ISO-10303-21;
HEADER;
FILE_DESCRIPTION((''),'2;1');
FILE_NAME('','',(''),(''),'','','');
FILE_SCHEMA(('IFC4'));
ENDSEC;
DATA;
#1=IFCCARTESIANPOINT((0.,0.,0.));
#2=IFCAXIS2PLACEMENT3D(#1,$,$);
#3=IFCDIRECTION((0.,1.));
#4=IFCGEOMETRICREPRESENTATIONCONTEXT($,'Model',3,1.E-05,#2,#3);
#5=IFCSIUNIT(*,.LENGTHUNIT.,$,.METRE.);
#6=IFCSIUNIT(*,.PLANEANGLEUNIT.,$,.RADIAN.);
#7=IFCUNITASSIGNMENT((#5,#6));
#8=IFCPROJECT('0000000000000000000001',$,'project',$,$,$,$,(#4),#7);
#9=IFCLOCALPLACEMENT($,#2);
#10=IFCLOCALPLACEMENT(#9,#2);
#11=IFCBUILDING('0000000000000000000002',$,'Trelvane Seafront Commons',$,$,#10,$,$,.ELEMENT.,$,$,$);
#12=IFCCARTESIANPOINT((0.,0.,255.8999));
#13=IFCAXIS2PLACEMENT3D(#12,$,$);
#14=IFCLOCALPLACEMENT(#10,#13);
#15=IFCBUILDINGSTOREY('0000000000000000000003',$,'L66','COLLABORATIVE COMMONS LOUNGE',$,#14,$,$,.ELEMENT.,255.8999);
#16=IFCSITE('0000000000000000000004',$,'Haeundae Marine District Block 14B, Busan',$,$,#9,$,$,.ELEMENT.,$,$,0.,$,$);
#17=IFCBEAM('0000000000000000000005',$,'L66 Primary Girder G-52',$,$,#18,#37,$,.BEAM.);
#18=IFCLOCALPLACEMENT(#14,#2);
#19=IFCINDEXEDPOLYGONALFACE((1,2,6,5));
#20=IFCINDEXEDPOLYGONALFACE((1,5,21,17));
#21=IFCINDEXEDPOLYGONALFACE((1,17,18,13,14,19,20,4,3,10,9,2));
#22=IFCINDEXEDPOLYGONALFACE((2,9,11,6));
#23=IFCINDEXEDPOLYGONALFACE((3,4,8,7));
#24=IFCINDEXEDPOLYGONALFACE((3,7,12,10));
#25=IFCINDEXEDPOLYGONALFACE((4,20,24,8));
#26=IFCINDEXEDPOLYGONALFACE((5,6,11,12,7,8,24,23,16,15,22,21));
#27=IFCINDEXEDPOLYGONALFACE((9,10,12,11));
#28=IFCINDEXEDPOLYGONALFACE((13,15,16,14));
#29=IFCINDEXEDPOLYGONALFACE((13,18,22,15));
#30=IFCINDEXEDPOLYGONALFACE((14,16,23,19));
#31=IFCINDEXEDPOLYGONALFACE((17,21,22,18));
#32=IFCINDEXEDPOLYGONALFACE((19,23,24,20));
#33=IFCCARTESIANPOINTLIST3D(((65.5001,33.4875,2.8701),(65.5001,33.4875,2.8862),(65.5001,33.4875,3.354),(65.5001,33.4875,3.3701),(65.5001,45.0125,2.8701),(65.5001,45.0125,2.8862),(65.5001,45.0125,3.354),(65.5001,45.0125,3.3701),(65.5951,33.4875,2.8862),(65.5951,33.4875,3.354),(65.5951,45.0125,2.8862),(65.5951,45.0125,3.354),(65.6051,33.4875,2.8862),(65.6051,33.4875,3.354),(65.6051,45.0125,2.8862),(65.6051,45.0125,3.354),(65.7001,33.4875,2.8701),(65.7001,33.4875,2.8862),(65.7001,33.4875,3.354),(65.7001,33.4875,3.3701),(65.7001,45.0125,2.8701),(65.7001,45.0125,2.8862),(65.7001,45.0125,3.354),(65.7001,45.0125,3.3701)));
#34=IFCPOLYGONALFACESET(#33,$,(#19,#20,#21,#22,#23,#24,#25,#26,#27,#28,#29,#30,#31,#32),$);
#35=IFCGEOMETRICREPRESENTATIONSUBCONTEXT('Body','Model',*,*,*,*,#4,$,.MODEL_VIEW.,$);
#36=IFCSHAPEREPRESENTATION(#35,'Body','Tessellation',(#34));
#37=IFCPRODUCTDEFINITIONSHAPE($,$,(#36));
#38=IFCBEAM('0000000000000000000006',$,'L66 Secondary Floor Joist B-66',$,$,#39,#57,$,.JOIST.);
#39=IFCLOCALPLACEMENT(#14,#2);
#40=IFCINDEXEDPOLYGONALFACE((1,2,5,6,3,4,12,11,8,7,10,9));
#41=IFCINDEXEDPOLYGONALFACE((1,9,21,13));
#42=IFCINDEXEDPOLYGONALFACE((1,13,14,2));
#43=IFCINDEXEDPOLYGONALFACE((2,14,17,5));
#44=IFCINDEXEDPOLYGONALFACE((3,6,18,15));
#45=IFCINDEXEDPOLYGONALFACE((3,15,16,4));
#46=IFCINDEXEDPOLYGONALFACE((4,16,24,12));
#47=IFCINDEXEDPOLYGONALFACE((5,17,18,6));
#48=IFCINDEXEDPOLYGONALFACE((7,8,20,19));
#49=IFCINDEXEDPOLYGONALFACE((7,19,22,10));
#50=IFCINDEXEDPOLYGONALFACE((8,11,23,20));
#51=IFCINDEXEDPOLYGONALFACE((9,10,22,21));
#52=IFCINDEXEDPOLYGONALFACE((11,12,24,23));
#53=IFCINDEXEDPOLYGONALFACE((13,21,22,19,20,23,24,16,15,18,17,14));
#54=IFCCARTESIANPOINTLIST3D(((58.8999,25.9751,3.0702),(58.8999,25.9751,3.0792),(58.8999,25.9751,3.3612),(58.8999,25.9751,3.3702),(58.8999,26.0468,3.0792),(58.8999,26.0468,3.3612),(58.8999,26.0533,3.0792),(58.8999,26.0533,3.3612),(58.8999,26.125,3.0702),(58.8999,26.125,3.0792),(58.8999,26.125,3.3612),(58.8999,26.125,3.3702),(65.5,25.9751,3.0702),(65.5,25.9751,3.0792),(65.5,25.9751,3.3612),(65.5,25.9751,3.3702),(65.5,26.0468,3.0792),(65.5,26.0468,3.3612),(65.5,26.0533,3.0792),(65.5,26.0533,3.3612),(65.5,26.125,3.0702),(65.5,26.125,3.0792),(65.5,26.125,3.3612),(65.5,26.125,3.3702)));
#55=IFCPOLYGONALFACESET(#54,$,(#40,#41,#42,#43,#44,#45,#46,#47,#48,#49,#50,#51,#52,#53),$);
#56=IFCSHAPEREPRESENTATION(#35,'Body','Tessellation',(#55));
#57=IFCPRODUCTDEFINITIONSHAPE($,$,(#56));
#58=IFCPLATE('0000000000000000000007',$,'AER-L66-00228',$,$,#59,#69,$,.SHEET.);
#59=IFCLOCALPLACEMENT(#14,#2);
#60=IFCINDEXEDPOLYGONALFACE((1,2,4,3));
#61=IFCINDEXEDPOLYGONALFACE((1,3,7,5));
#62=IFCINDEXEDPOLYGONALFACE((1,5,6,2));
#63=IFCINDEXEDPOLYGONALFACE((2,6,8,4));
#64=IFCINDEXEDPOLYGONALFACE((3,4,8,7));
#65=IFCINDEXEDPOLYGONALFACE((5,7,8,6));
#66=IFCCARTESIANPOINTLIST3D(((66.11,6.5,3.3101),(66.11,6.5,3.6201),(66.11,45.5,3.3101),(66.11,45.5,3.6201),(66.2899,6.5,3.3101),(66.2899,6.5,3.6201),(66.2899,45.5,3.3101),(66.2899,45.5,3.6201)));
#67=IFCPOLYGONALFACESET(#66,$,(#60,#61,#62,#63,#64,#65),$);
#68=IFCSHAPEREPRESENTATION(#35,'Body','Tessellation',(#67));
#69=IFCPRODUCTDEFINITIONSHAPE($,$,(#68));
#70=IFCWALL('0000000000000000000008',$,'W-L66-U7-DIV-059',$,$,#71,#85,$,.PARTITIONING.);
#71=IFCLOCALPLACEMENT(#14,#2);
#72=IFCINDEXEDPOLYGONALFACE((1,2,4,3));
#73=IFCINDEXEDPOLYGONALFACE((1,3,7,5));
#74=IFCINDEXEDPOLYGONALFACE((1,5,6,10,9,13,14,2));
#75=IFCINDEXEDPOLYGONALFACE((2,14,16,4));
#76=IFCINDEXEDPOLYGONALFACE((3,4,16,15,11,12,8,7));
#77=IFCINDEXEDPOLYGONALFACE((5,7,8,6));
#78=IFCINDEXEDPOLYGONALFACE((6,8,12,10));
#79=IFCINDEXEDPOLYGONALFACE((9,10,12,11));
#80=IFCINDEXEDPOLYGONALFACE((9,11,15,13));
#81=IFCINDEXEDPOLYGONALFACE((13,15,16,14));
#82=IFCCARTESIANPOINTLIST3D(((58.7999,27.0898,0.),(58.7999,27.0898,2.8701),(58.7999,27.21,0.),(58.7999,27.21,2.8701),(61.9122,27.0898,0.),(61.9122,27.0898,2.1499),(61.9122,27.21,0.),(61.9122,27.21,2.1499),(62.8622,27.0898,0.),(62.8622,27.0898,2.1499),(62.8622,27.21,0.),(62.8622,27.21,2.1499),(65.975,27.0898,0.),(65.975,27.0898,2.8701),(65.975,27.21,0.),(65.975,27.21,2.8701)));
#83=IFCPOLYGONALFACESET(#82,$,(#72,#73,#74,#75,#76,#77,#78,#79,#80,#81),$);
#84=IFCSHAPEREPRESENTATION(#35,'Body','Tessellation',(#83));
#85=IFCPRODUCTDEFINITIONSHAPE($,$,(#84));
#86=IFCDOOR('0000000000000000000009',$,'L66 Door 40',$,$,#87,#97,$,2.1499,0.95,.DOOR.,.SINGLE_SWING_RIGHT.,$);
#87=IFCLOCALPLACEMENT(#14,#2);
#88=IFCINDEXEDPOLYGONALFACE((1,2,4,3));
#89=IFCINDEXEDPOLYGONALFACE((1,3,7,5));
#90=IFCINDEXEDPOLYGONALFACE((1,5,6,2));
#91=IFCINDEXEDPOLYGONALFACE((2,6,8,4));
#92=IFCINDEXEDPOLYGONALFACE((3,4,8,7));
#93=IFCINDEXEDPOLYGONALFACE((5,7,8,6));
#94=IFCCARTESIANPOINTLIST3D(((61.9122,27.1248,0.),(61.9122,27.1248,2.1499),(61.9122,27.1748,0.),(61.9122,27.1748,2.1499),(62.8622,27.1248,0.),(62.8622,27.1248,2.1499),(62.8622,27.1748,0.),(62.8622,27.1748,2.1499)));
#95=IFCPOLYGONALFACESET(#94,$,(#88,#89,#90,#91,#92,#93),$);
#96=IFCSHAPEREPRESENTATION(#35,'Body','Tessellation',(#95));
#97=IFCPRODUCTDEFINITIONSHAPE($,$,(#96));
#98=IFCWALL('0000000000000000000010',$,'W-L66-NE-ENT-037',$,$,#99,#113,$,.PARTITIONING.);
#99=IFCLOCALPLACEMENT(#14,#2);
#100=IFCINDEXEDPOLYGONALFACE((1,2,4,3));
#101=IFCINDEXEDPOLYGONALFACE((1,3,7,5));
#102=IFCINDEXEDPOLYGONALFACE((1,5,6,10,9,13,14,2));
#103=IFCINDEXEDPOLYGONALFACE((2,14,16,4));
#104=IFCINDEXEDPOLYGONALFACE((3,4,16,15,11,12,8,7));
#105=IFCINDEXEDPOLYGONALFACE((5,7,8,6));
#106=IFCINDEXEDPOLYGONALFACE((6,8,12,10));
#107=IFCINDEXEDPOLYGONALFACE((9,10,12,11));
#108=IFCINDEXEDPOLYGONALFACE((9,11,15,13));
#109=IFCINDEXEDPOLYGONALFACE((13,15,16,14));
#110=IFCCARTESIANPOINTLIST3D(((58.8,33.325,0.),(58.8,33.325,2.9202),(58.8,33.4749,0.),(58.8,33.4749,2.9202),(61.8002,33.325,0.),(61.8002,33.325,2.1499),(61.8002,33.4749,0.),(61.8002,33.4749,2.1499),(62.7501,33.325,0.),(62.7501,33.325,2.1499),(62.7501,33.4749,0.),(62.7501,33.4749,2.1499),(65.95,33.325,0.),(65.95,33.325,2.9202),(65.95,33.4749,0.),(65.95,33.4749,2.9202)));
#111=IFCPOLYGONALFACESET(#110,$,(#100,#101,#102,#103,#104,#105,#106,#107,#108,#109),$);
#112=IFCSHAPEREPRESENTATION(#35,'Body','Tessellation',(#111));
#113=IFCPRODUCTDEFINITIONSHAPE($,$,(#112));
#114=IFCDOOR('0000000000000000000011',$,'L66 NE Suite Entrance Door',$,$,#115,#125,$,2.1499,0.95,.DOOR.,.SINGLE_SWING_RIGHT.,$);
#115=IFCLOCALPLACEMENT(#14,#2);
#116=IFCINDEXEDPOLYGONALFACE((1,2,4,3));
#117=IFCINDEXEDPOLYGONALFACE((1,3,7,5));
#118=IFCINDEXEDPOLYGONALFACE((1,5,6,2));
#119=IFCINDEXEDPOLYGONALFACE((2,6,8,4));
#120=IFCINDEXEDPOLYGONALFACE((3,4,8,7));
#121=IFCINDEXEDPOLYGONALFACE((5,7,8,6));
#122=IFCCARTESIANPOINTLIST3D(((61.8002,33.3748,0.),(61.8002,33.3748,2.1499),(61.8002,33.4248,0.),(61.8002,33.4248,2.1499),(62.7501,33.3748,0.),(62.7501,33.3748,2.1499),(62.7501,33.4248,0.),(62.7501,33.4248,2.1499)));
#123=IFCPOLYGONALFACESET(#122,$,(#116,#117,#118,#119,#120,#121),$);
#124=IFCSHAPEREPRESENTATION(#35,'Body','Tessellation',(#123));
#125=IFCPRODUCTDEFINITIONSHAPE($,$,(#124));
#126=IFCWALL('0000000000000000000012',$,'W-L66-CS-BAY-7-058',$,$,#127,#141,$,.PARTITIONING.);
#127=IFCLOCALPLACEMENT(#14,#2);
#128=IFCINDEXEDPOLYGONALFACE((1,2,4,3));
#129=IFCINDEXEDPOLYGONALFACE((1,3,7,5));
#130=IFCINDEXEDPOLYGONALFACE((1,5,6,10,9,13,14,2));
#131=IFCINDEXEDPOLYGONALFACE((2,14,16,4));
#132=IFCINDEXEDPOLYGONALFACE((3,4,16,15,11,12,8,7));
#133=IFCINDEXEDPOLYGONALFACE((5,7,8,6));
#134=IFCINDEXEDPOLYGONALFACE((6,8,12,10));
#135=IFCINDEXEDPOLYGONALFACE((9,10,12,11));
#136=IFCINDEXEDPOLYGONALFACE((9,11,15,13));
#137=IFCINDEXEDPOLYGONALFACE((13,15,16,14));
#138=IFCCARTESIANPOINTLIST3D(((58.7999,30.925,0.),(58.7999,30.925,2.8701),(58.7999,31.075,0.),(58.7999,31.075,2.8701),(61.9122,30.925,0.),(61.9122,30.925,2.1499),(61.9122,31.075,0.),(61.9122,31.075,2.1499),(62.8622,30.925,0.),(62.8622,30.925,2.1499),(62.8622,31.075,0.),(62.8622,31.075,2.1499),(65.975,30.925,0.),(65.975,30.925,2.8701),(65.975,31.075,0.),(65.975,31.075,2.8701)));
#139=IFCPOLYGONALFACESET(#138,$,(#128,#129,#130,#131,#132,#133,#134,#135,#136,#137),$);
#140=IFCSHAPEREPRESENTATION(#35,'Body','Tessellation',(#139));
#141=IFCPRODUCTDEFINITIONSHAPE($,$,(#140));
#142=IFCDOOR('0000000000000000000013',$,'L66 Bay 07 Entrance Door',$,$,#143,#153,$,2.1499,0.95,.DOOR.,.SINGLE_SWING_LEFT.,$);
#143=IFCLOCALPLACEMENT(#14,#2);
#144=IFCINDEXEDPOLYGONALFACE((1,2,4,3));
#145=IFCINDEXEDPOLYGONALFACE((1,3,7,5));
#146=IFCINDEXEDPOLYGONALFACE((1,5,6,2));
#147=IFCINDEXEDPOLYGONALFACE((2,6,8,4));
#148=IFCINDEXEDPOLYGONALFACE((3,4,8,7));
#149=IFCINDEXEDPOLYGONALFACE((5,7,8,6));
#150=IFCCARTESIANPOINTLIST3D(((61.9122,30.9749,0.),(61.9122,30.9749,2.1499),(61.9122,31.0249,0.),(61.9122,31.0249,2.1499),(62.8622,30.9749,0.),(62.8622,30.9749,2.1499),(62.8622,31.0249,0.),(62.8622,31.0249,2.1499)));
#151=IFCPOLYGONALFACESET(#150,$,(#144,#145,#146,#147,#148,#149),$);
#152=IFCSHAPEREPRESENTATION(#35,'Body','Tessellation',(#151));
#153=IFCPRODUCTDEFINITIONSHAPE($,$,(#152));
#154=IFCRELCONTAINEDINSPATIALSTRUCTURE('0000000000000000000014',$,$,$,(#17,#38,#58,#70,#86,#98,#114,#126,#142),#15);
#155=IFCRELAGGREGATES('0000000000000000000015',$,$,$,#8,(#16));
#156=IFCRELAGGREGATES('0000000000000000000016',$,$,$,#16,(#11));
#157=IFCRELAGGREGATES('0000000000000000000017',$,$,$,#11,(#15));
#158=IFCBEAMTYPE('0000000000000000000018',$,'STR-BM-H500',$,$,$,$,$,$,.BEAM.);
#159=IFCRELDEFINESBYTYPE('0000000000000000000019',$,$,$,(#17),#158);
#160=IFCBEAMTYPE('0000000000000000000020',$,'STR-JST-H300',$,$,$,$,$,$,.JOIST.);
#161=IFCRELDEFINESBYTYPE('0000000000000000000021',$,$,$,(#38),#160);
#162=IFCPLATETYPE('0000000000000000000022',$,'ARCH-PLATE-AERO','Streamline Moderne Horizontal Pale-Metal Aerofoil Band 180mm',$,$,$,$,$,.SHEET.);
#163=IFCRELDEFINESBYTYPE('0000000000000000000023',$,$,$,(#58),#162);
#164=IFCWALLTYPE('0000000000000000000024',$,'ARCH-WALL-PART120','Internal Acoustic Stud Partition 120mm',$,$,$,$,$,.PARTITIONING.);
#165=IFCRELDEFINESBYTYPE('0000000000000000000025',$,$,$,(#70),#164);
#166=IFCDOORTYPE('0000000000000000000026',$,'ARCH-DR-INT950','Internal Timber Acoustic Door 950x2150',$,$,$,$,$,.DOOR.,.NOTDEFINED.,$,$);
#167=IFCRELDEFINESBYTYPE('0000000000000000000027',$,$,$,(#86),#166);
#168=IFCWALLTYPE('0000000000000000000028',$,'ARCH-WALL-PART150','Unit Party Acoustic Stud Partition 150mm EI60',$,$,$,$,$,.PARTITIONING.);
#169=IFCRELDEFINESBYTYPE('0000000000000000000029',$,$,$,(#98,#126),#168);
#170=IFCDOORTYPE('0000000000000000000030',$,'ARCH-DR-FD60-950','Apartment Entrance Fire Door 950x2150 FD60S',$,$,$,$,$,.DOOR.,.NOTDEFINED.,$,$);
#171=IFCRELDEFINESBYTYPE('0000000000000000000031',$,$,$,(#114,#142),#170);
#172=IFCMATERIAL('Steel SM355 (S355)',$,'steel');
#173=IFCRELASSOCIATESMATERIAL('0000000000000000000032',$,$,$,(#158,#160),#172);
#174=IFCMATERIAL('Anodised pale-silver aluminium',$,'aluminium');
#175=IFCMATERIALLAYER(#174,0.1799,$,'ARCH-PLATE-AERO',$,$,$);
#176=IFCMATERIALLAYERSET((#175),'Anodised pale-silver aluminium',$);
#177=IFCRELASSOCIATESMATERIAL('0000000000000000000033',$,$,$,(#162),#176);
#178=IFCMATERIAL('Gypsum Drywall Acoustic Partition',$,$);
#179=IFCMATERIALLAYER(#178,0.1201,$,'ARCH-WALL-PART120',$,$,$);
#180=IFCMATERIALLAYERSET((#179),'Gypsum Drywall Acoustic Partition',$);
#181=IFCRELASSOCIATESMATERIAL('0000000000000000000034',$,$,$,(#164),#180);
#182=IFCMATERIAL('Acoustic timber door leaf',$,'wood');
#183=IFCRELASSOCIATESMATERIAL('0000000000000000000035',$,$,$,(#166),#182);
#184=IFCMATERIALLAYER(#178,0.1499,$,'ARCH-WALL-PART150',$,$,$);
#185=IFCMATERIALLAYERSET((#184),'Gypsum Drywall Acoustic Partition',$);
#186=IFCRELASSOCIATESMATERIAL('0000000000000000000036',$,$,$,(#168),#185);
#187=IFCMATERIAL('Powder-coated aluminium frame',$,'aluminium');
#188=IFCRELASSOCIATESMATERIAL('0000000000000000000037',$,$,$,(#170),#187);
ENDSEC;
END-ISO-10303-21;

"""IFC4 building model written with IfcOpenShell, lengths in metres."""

from ifc_helpers import new_model, si_unit, direction, frame, frame_2d, origin, origin_2d, place, context, subcontext, project, spatial, rectangle, i_section, extrude, source, transform, mapped, material, layer, layer_set, material_profile, profile_set, type_object, element, fill, save


model = new_model("IFC4")

# Units and contexts
model_context = context("Model", 3, precision=1e-05, world=origin(), true_north=direction((0.0, 1.0)))
body_context = subcontext(model_context, "Body", "Model", "MODEL_VIEW")
ifc_project = project(units=[si_unit("LENGTHUNIT", "METRE"), si_unit("PLANEANGLEUNIT", "RADIAN")], contexts=[model_context])

# Site, building, storey
site_placement = place(None, origin())
site = spatial("IfcSite", under=ifc_project, at=site_placement, Name="Haeundae Marine District Block 14B, Busan", CompositionType="ELEMENT", RefElevation=0.0)
building_placement = place(site_placement, origin())
building = spatial("IfcBuilding", under=site, at=building_placement, Name="Trelvane Seafront Commons", CompositionType="ELEMENT")
storey_placement = place(building_placement, frame((0.0, 0.0, 255.8999)))
storey = spatial("IfcBuildingStorey", under=building, at=storey_placement, Name="L66", Description="COLLABORATIVE COMMONS LOUNGE", CompositionType="ELEMENT", Elevation=255.8999)

# Shared definitions
ifc_material_1 = material(Name="Steel SM355 (S355)", Category="steel")

# Beams
ifc_material_profile_1 = material_profile(ifc_material_1, i_section(OverallWidth=0.2, OverallDepth=0.5, WebThickness=0.01, FlangeThickness=0.0161, at=origin_2d()), Name="H-500x200x10x16")
ifc_profile_set_1 = profile_set([ifc_material_profile_1], Name="Steel SM355 (S355)")
beam_type_1 = type_object("IfcBeamType", Name="STR-BM-H500", PredefinedType="BEAM", material=ifc_profile_set_1)
shared_shape_1 = source(origin(), body_context, "Body", "SweptSolid", [
    extrude(i_section(OverallWidth=0.2, OverallDepth=0.5, WebThickness=0.01, FlangeThickness=0.0161, at=origin_2d()), origin(), (0.0, 0.0, 1.0), 11.5249),
])
beam_1_placement = place(storey_placement, frame((65.6001, 33.4875, 3.1201), z_axis=(0.0, 1.0, 0.0), x_axis=(-1.0, 0.0, 0.0)))
element("IfcBeam", 1, at=beam_1_placement, inside=storey, type_object=beam_type_1, Name="L66 Primary Girder G-52", PredefinedType="BEAM", context=body_context, shape_type="MappedRepresentation", body=[
    mapped(shared_shape_1, transform((0.0, 0.0, 0.0), x_axis=(1.0, 0.0, 0.0), y_axis=(0.0, 1.0, 0.0), z_axis=(0.0, 0.0, 1.0), scale=1.0)),
])
ifc_material_profile_2 = material_profile(ifc_material_1, i_section(OverallWidth=0.1499, OverallDepth=0.3, WebThickness=0.0066, FlangeThickness=0.009, at=origin_2d()), Name="H-300x150x6.5x9")
ifc_profile_set_2 = profile_set([ifc_material_profile_2], Name="Steel SM355 (S355)")
beam_type_2 = type_object("IfcBeamType", Name="STR-JST-H300", PredefinedType="JOIST", material=ifc_profile_set_2)
shared_shape_2 = source(origin(), body_context, "Body", "SweptSolid", [
    extrude(i_section(OverallWidth=0.1499, OverallDepth=0.3, WebThickness=0.0066, FlangeThickness=0.009, at=origin_2d()), origin(), (0.0, 0.0, 1.0), 6.6001),
])
beam_2_placement = place(storey_placement, frame((58.8999, 26.05, 3.2202), z_axis=(1.0, 0.0, 0.0), x_axis=(0.0, 1.0, 0.0)))
element("IfcBeam", 2, at=beam_2_placement, inside=storey, type_object=beam_type_2, Name="L66 Secondary Floor Joist B-66", PredefinedType="JOIST", context=body_context, shape_type="MappedRepresentation", body=[
    mapped(shared_shape_2, transform((0.0, 0.0, 0.0), x_axis=(1.0, 0.0, 0.0), y_axis=(0.0, 1.0, 0.0), z_axis=(0.0, 0.0, 1.0), scale=1.0)),
])

# Plate
ifc_material_2 = material(Name="Anodised pale-silver aluminium", Category="aluminium")
ifc_layer_1 = layer(ifc_material_2, 0.1799, Name="ARCH-PLATE-AERO")
ifc_layer_set_1 = layer_set([ifc_layer_1], Name="Anodised pale-silver aluminium")
plate_type = type_object("IfcPlateType", Name="ARCH-PLATE-AERO", Description="Streamline Moderne Horizontal Pale-Metal Aerofoil Band 180mm", PredefinedType="SHEET", material=ifc_layer_set_1)
shared_shape_3 = source(origin(), body_context, "Body", "SweptSolid", [
    extrude(rectangle(XDim=39.0, YDim=0.1799, at=origin_2d()), origin(), (0.0, 0.0, 1.0), 0.3101),
])
plate_placement = place(storey_placement, frame((66.2, 26.0, 3.3101), z_axis=(0.0, 0.0, 1.0), x_axis=(0.0, -1.0, 0.0)))
element("IfcPlate", 3, at=plate_placement, inside=storey, type_object=plate_type, Name="AER-L66-00228", PredefinedType="SHEET", context=body_context, shape_type="MappedRepresentation", body=[
    mapped(shared_shape_3, transform((0.0, 0.0, 0.0), x_axis=(1.0, 0.0, 0.0), y_axis=(0.0, 1.0, 0.0), z_axis=(0.0, 0.0, 1.0), scale=1.0)),
])

# Walls, openings, doors
ifc_material_3 = material(Name="Gypsum Drywall Acoustic Partition")
ifc_layer_2 = layer(ifc_material_3, 0.1201, Name="ARCH-WALL-PART120")
ifc_layer_set_2 = layer_set([ifc_layer_2], Name="Gypsum Drywall Acoustic Partition")
wall_type_1 = type_object("IfcWallType", Name="ARCH-WALL-PART120", Description="Internal Acoustic Stud Partition 120mm", PredefinedType="PARTITIONING", material=ifc_layer_set_2)
wall_1_placement = place(storey_placement, frame((58.8, 27.1499, 0.0), z_axis=(0.0, 0.0, 1.0), x_axis=(1.0, 0.0, 0.0)))
wall_1 = element("IfcWall", 4, at=wall_1_placement, inside=storey, type_object=wall_type_1, Name="W-L66-U7-DIV-059", PredefinedType="PARTITIONING", context=body_context, shape_type="SweptSolid", body=[
    extrude(rectangle(XDim=7.175, YDim=0.1201, at=frame_2d((3.5874, 0.0))), origin(), (0.0, 0.0, 1.0), 2.8701),
])
opening_1_placement = place(wall_1_placement, frame((3.1121, 0.0, 0.0)))
opening_1 = element("IfcOpeningElement", 5, at=opening_1_placement, cuts=wall_1, PredefinedType="OPENING", context=body_context, shape_type="SweptSolid", body=[
    extrude(rectangle(XDim=0.95, YDim=2.1499, at=frame_2d((0.4751, 1.075))), frame((0.0, 0.0701, 0.0), z_axis=(0.0, -1.0, 0.0), x_axis=(1.0, 0.0, 0.0)), (0.0, 0.0, 1.0), 0.1401),
])
ifc_material_4 = material(Name="Acoustic timber door leaf", Category="wood")
door_type_1 = type_object("IfcDoorType", Name="ARCH-DR-INT950", Description="Internal Timber Acoustic Door 950x2150", OperationType="NOTDEFINED", PredefinedType="DOOR", material=ifc_material_4)
shared_shape_4 = source(origin(), body_context, "Body", "SweptSolid", [
    extrude(rectangle(XDim=0.95, YDim=2.1499, at=frame_2d((0.4751, 1.075))), frame((0.0, 0.0249, 0.0), z_axis=(0.0, -1.0, 0.0), x_axis=(1.0, 0.0, 0.0)), (0.0, 0.0, 1.0), 0.05),
])
door_1_placement = place(opening_1_placement, origin())
door_1 = element("IfcDoor", 6, at=door_1_placement, inside=storey, type_object=door_type_1, Name="L66 Door 40", OperationType="SINGLE_SWING_RIGHT", OverallHeight=2.1499, OverallWidth=0.95, PredefinedType="DOOR", context=body_context, shape_type="MappedRepresentation", body=[
    mapped(shared_shape_4, transform((0.0, 0.0, 0.0), x_axis=(1.0, 0.0, 0.0), y_axis=(0.0, 1.0, 0.0), z_axis=(0.0, 0.0, 1.0), scale=1.0)),
])
fill(opening_1, door_1)
ifc_layer_3 = layer(ifc_material_3, 0.1499, Name="ARCH-WALL-PART150")
ifc_layer_set_3 = layer_set([ifc_layer_3], Name="Gypsum Drywall Acoustic Partition")
wall_type_2 = type_object("IfcWallType", Name="ARCH-WALL-PART150", Description="Unit Party Acoustic Stud Partition 150mm EI60", PredefinedType="PARTITIONING", material=ifc_layer_set_3)
wall_2_placement = place(storey_placement, frame((58.8, 33.3999, 0.0), z_axis=(0.0, 0.0, 1.0), x_axis=(1.0, 0.0, 0.0)))
wall_2 = element("IfcWall", 7, at=wall_2_placement, inside=storey, type_object=wall_type_2, Name="W-L66-NE-ENT-037", PredefinedType="PARTITIONING", context=body_context, shape_type="SweptSolid", body=[
    extrude(rectangle(XDim=7.1499, YDim=0.1499, at=frame_2d((3.575, 0.0))), origin(), (0.0, 0.0, 1.0), 2.9202),
])
opening_2_placement = place(wall_2_placement, frame((3.0, 0.0, 0.0)))
opening_2 = element("IfcOpeningElement", 8, at=opening_2_placement, cuts=wall_2, PredefinedType="OPENING", context=body_context, shape_type="SweptSolid", body=[
    extrude(rectangle(XDim=0.95, YDim=2.1499, at=frame_2d((0.4751, 1.075))), frame((0.0, 0.085, 0.0), z_axis=(0.0, -1.0, 0.0), x_axis=(1.0, 0.0, 0.0)), (0.0, 0.0, 1.0), 0.1699),
])
ifc_material_5 = material(Name="Powder-coated aluminium frame", Category="aluminium")
door_type_2 = type_object("IfcDoorType", Name="ARCH-DR-FD60-950", Description="Apartment Entrance Fire Door 950x2150 FD60S", OperationType="NOTDEFINED", PredefinedType="DOOR", material=ifc_material_5)
door_2_placement = place(opening_2_placement, origin())
door_2 = element("IfcDoor", 9, at=door_2_placement, inside=storey, type_object=door_type_2, Name="L66 NE Suite Entrance Door", OperationType="SINGLE_SWING_RIGHT", OverallHeight=2.1499, OverallWidth=0.95, PredefinedType="DOOR", context=body_context, shape_type="MappedRepresentation", body=[
    mapped(shared_shape_4, transform((0.0, 0.0, 0.0), x_axis=(1.0, 0.0, 0.0), y_axis=(0.0, 1.0, 0.0), z_axis=(0.0, 0.0, 1.0), scale=1.0)),
])
fill(opening_2, door_2)
wall_3_placement = place(storey_placement, frame((58.8, 31.0, 0.0), z_axis=(0.0, 0.0, 1.0), x_axis=(1.0, 0.0, 0.0)))
wall_3 = element("IfcWall", 10, at=wall_3_placement, inside=storey, type_object=wall_type_2, Name="W-L66-CS-BAY-7-058", PredefinedType="PARTITIONING", context=body_context, shape_type="SweptSolid", body=[
    extrude(rectangle(XDim=7.175, YDim=0.1499, at=frame_2d((3.5874, 0.0))), origin(), (0.0, 0.0, 1.0), 2.8701),
])
opening_3_placement = place(wall_3_placement, frame((3.1121, 0.0, 0.0)))
opening_3 = element("IfcOpeningElement", 11, at=opening_3_placement, cuts=wall_3, PredefinedType="OPENING", context=body_context, shape_type="SweptSolid", body=[
    extrude(rectangle(XDim=0.95, YDim=2.1499, at=frame_2d((0.4751, 1.075))), frame((0.0, 0.085, 0.0), z_axis=(0.0, -1.0, 0.0), x_axis=(1.0, 0.0, 0.0)), (0.0, 0.0, 1.0), 0.1699),
])
door_3_placement = place(opening_3_placement, origin())
door_3 = element("IfcDoor", 12, at=door_3_placement, inside=storey, type_object=door_type_2, Name="L66 Bay 07 Entrance Door", OperationType="SINGLE_SWING_LEFT", OverallHeight=2.1499, OverallWidth=0.95, PredefinedType="DOOR", context=body_context, shape_type="MappedRepresentation", body=[
    mapped(shared_shape_4, transform((0.0, 0.0, 0.0), x_axis=(1.0, 0.0, 0.0), y_axis=(0.0, 1.0, 0.0), z_axis=(0.0, 0.0, 1.0), scale=1.0)),
])
fill(opening_3, door_3)

save(model, "model.ifc")
